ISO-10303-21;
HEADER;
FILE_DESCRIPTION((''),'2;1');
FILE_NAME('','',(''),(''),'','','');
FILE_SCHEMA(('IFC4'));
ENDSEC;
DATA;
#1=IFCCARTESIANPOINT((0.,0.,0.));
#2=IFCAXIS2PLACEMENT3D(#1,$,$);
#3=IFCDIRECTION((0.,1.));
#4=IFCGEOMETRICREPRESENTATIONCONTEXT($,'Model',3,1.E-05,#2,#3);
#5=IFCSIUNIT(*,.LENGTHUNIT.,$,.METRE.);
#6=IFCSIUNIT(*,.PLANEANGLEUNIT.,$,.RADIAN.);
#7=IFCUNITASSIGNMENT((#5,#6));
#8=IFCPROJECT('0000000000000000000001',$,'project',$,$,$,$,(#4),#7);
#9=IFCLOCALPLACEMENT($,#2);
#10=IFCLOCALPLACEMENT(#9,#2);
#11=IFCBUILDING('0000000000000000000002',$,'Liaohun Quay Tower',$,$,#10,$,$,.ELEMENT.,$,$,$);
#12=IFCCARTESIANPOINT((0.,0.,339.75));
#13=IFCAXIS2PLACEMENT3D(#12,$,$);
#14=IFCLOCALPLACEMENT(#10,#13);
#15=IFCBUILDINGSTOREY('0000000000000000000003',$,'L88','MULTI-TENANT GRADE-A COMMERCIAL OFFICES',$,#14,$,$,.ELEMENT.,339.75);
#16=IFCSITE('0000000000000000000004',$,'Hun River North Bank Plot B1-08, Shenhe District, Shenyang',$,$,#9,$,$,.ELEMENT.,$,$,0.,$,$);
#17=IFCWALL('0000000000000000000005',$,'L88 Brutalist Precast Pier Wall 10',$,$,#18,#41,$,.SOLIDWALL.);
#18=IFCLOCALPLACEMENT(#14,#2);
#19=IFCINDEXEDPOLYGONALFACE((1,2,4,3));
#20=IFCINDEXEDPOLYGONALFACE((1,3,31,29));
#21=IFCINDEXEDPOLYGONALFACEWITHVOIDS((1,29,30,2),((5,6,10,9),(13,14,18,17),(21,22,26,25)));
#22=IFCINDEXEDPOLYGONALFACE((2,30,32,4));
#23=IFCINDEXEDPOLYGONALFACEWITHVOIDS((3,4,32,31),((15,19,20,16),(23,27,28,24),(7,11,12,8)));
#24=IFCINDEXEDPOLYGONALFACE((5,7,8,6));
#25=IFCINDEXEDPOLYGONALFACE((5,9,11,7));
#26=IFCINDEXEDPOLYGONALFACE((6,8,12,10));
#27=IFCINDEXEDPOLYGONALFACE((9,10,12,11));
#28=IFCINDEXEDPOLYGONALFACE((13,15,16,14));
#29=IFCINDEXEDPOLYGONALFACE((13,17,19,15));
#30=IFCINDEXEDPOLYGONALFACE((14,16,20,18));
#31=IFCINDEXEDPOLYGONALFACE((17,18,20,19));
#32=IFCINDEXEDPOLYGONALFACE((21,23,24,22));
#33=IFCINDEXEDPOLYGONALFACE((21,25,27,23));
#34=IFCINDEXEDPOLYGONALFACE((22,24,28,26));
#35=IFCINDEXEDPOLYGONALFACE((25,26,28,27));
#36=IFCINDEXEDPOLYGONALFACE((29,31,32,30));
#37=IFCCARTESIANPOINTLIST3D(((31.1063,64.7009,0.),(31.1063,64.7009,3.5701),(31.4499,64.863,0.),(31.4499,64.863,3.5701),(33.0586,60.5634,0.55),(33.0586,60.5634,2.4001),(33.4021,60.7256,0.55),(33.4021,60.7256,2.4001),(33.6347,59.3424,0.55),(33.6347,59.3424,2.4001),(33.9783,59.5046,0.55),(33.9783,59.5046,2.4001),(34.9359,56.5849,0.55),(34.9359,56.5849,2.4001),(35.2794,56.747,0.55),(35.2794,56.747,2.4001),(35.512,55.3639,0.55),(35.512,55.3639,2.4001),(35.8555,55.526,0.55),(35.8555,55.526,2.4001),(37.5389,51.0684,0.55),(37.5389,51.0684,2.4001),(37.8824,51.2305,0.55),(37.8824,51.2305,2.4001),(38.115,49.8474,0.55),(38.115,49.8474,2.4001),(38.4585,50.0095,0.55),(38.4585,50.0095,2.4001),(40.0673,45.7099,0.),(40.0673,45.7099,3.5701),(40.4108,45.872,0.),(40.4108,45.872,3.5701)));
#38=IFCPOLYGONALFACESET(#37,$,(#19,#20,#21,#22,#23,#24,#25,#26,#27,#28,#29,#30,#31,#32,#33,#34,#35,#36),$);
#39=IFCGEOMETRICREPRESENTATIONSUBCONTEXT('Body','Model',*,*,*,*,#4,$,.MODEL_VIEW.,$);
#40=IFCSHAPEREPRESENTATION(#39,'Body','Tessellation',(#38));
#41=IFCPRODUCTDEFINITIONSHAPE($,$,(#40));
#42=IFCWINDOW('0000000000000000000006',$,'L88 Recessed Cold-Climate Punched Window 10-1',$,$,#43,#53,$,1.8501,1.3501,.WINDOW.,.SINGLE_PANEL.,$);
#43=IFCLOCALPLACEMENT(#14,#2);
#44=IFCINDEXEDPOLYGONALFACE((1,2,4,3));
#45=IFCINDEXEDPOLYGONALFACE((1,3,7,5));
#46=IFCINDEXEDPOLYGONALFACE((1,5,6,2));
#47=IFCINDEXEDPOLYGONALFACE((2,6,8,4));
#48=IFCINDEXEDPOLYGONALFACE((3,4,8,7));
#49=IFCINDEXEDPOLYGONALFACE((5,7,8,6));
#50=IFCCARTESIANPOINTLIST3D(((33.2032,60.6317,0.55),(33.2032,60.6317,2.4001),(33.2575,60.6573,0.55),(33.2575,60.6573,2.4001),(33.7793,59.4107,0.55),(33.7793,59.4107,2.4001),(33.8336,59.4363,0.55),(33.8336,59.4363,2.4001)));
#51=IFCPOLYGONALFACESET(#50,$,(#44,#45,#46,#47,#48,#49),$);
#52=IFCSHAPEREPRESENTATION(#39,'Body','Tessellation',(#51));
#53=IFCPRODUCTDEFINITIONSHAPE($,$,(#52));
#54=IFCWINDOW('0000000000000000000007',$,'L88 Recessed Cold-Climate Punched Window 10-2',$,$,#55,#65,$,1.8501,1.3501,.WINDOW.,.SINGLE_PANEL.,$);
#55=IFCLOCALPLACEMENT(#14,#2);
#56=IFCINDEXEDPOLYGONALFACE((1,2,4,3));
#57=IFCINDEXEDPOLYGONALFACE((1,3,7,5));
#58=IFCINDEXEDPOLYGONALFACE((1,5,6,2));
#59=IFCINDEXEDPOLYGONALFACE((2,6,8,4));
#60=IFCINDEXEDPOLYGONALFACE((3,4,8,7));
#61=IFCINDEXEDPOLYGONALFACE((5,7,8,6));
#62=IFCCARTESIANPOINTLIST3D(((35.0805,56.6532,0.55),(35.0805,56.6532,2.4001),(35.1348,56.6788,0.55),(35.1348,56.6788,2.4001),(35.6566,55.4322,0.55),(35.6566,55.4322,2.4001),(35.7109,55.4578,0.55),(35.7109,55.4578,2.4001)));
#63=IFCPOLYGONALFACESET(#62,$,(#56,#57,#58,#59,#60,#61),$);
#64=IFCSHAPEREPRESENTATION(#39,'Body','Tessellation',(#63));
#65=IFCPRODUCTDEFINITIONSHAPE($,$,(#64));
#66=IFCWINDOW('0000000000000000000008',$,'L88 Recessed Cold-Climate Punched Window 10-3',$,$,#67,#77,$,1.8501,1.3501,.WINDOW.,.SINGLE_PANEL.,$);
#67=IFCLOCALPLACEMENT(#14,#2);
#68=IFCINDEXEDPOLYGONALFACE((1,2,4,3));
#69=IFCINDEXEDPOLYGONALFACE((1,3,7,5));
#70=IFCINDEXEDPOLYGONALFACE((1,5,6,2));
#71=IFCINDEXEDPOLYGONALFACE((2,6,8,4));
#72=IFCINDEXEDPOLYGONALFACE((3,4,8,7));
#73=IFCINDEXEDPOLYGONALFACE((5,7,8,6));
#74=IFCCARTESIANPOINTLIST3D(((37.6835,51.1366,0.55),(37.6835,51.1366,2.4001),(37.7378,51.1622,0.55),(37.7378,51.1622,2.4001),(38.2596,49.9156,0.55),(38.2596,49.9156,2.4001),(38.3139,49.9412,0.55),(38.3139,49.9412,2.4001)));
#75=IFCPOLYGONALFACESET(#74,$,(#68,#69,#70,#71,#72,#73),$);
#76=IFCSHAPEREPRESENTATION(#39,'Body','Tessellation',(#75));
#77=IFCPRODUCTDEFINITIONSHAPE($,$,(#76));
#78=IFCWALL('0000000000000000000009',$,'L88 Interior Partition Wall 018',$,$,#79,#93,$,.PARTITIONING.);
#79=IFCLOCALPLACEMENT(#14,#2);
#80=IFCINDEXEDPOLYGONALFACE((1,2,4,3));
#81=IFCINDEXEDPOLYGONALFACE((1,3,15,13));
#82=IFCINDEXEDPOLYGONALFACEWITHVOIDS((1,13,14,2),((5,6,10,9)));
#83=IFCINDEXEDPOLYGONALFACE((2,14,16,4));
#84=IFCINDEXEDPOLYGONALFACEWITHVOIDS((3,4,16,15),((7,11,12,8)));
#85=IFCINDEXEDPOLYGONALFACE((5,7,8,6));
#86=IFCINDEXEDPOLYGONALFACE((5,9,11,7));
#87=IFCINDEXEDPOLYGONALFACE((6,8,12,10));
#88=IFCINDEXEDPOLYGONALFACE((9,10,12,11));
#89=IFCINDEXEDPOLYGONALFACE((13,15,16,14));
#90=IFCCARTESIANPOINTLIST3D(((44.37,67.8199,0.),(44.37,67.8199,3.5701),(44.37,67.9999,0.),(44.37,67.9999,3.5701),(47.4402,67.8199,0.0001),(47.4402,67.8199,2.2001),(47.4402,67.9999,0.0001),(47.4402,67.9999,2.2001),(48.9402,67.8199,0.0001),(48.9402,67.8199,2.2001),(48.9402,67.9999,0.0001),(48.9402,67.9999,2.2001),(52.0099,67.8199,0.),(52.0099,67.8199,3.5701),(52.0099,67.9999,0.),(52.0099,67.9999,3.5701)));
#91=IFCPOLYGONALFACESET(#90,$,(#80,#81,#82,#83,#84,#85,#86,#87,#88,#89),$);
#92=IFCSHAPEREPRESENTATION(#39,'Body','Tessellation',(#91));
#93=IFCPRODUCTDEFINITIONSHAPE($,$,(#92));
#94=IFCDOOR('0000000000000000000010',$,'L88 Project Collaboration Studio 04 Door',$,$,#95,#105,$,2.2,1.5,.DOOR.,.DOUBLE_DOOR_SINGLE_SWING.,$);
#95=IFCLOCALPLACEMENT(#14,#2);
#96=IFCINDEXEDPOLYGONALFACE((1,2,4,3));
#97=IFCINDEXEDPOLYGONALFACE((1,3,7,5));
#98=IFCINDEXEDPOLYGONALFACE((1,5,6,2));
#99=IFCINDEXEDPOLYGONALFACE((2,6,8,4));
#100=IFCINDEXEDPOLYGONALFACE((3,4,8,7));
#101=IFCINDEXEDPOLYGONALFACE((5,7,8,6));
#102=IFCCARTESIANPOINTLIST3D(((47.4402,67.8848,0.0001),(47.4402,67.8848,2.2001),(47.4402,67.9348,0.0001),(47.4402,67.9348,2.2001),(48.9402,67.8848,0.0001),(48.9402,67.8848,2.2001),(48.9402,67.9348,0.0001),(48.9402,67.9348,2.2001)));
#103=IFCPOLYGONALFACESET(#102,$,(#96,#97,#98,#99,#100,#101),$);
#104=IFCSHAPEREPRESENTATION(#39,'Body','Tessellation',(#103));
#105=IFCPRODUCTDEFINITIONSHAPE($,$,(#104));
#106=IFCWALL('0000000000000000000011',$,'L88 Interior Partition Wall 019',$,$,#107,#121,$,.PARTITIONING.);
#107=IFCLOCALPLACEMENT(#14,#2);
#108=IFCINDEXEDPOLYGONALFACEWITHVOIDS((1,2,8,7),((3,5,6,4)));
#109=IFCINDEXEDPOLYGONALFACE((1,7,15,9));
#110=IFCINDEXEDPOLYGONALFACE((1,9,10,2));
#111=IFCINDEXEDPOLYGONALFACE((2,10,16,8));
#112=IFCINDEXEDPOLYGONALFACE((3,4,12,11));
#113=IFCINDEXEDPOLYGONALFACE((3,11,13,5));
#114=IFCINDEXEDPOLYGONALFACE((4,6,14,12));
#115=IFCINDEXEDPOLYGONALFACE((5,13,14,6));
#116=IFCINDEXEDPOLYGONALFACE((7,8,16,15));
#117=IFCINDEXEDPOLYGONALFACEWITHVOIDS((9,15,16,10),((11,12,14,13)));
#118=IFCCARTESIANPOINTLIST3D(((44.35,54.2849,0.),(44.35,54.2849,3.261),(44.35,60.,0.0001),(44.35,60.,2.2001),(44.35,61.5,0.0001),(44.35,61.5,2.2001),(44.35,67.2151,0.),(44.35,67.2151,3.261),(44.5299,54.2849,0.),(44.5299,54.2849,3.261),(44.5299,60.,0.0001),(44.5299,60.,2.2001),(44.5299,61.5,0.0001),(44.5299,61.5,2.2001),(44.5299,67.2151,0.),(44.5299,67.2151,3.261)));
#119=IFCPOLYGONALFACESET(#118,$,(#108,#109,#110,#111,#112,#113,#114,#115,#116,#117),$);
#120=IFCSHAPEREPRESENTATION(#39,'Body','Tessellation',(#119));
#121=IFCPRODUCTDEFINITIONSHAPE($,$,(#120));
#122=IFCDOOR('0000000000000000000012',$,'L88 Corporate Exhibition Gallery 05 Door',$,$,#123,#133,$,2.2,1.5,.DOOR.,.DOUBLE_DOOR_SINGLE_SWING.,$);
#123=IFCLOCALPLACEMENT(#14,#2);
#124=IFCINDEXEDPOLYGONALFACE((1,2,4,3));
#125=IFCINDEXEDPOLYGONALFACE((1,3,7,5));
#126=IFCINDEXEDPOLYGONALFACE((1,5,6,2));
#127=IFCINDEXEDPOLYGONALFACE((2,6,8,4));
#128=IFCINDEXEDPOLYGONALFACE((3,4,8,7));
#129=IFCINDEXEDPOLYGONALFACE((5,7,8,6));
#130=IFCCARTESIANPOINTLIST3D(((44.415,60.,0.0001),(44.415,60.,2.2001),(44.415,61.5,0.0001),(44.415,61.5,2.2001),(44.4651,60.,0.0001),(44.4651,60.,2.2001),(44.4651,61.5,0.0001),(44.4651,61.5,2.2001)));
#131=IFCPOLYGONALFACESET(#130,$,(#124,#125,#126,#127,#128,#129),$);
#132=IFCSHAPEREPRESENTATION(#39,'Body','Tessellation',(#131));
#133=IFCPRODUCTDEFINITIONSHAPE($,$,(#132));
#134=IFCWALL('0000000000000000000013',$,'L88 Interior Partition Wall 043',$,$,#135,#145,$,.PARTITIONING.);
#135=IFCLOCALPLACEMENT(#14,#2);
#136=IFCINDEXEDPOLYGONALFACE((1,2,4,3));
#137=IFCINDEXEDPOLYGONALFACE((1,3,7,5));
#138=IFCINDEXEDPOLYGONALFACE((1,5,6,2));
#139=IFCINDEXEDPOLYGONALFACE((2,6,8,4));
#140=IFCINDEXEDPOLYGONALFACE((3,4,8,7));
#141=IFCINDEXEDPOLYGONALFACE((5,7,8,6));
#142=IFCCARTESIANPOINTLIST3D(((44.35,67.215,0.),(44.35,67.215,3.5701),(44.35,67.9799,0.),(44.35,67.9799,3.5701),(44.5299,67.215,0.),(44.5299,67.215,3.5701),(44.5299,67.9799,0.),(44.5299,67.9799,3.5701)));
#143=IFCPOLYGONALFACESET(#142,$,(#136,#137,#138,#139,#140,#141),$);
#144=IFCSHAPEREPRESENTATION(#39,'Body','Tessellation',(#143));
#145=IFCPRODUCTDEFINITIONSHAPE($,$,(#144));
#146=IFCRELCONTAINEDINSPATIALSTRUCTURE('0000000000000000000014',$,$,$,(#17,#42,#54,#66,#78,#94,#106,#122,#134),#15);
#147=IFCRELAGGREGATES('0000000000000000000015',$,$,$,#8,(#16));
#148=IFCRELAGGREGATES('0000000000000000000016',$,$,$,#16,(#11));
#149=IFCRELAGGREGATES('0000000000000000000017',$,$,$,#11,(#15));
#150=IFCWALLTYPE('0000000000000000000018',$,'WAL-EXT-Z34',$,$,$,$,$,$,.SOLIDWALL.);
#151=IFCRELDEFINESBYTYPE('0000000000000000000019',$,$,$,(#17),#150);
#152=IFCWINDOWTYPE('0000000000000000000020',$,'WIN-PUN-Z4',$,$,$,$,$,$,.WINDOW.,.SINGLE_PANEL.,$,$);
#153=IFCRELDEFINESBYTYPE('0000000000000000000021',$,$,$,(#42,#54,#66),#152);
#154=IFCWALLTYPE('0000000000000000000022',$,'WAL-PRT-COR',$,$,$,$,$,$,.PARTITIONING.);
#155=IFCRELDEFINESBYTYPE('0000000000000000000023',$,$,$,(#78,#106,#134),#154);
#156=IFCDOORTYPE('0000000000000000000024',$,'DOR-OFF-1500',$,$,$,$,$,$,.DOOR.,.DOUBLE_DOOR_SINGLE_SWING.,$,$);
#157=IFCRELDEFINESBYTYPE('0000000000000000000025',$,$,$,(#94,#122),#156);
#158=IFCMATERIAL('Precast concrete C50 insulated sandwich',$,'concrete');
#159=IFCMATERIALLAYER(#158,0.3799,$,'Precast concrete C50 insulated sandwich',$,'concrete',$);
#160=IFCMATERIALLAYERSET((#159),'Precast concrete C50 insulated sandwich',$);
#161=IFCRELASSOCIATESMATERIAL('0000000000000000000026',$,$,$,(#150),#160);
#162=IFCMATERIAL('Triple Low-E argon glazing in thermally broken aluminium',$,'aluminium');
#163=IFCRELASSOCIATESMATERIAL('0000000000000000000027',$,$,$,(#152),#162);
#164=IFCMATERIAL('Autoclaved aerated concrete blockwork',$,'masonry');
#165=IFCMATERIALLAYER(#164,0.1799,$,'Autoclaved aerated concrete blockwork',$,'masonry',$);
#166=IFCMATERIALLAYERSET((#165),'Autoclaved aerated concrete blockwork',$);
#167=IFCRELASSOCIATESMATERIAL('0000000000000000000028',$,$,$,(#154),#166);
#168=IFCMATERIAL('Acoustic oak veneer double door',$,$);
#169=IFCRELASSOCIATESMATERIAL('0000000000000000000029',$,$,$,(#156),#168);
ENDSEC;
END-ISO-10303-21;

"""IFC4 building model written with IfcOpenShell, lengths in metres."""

from ifc_helpers import new_model, si_unit, direction, frame, frame_2d, origin, place, context, subcontext, project, spatial, rectangle, extrude, source, transform, mapped, material, layer, layer_set, type_object, element, fill, save


model = new_model("IFC4")

# Units and contexts
model_context = context("Model", 3, precision=1e-05, world=origin(), true_north=direction((0.0, 1.0)))
body_context = subcontext(model_context, "Body", "Model", "MODEL_VIEW")
ifc_project = project(units=[si_unit("LENGTHUNIT", "METRE"), si_unit("PLANEANGLEUNIT", "RADIAN")], contexts=[model_context])

# Site, building, storey
site_placement = place(None, origin())
site = spatial("IfcSite", under=ifc_project, at=site_placement, Name="Hun River North Bank Plot B1-08, Shenhe District, Shenyang", CompositionType="ELEMENT", RefElevation=0.0)
building_placement = place(site_placement, origin())
building = spatial("IfcBuilding", under=site, at=building_placement, Name="Liaohun Quay Tower", CompositionType="ELEMENT")
storey_placement = place(building_placement, frame((0.0, 0.0, 339.75)))
storey = spatial("IfcBuildingStorey", under=building, at=storey_placement, Name="L88", Description="MULTI-TENANT GRADE-A COMMERCIAL OFFICES", CompositionType="ELEMENT", Elevation=339.75)

# Shared definitions
ifc_material_1 = material(Name="Precast concrete C50 insulated sandwich", Category="concrete")
ifc_layer_1 = layer(ifc_material_1, 0.3799, Name="Precast concrete C50 insulated sandwich", Category="concrete")
ifc_layer_set_1 = layer_set([ifc_layer_1], Name="Precast concrete C50 insulated sandwich")
wall_type_1 = type_object("IfcWallType", Name="WAL-EXT-Z34", PredefinedType="SOLIDWALL", material=ifc_layer_set_1)

# Wall, openings, windows
wall_1_placement = place(storey_placement, frame((31.2781, 64.782, 0.0), z_axis=(0.0, 0.0, 1.0), x_axis=(0.426733, -0.904378, 0.0)))
wall_1 = element("IfcWall", 1, at=wall_1_placement, inside=storey, type_object=wall_type_1, Name="L88 Brutalist Precast Pier Wall 10", PredefinedType="SOLIDWALL", context=body_context, shape_type="SweptSolid", body=[
    extrude(rectangle(XDim=20.999, YDim=0.3799, at=frame_2d((10.4995, 0.0))), origin(), (0.0, 0.0, 1.0), 3.5701),
])
shared_shape_1 = source(origin(), body_context, "Body", "SweptSolid", [
    extrude(rectangle(XDim=1.3501, YDim=1.8501, at=frame_2d((0.675, 0.925))), frame((0.0, 0.2, 0.0), z_axis=(0.0, -1.0, 0.0), x_axis=(1.0, 0.0, 0.0)), (0.0, 0.0, 1.0), 0.3999),
])
opening_1_placement = place(wall_1_placement, frame((4.575, 0.0, 0.55)))
opening_1 = element("IfcOpeningElement", 2, at=opening_1_placement, cuts=wall_1, PredefinedType="OPENING", context=body_context, shape_type="MappedRepresentation", body=[
    mapped(shared_shape_1, transform((0.0, 0.0, 0.0), x_axis=(1.0, 0.0, 0.0), y_axis=(0.0, 1.0, 0.0), z_axis=(0.0, 0.0, 1.0), scale=1.0)),
])
opening_2_placement = place(wall_1_placement, frame((8.9741, 0.0, 0.55)))
opening_2 = element("IfcOpeningElement", 3, at=opening_2_placement, cuts=wall_1, PredefinedType="OPENING", context=body_context, shape_type="MappedRepresentation", body=[
    mapped(shared_shape_1, transform((0.0, 0.0, 0.0), x_axis=(1.0, 0.0, 0.0), y_axis=(0.0, 1.0, 0.0), z_axis=(0.0, 0.0, 1.0), scale=1.0)),
])
opening_3_placement = place(wall_1_placement, frame((15.074, 0.0, 0.55)))
opening_3 = element("IfcOpeningElement", 4, at=opening_3_placement, cuts=wall_1, PredefinedType="OPENING", context=body_context, shape_type="MappedRepresentation", body=[
    mapped(shared_shape_1, transform((0.0, 0.0, 0.0), x_axis=(1.0, 0.0, 0.0), y_axis=(0.0, 1.0, 0.0), z_axis=(0.0, 0.0, 1.0), scale=1.0)),
])
ifc_material_2 = material(Name="Triple Low-E argon glazing in thermally broken aluminium", Category="aluminium")
window_type_1 = type_object("IfcWindowType", Name="WIN-PUN-Z4", PartitioningType="SINGLE_PANEL", PredefinedType="WINDOW", material=ifc_material_2)
shared_shape_2 = source(origin(), body_context, "Body", "SweptSolid", [
    extrude(rectangle(XDim=1.3501, YDim=1.8501, at=frame_2d((0.675, 0.925))), frame((0.0, 0.03, 0.0), z_axis=(0.0, -1.0, 0.0), x_axis=(1.0, 0.0, 0.0)), (0.0, 0.0, 1.0), 0.0601),
])
window_1_placement = place(opening_1_placement, origin())
window_1 = element("IfcWindow", 5, at=window_1_placement, inside=storey, type_object=window_type_1, Name="L88 Recessed Cold-Climate Punched Window 10-1", OverallHeight=1.8501, OverallWidth=1.3501, PartitioningType="SINGLE_PANEL", PredefinedType="WINDOW", context=body_context, shape_type="MappedRepresentation", body=[
    mapped(shared_shape_2, transform((0.0, 0.0, 0.0), x_axis=(1.0, 0.0, 0.0), y_axis=(0.0, 1.0, 0.0), z_axis=(0.0, 0.0, 1.0), scale=1.0)),
])
fill(opening_1, window_1)
window_2_placement = place(opening_2_placement, origin())
window_2 = element("IfcWindow", 6, at=window_2_placement, inside=storey, type_object=window_type_1, Name="L88 Recessed Cold-Climate Punched Window 10-2", OverallHeight=1.8501, OverallWidth=1.3501, PartitioningType="SINGLE_PANEL", PredefinedType="WINDOW", context=body_context, shape_type="MappedRepresentation", body=[
    mapped(shared_shape_2, transform((0.0, 0.0, 0.0), x_axis=(1.0, 0.0, 0.0), y_axis=(0.0, 1.0, 0.0), z_axis=(0.0, 0.0, 1.0), scale=1.0)),
])
fill(opening_2, window_2)
window_3_placement = place(opening_3_placement, origin())
window_3 = element("IfcWindow", 7, at=window_3_placement, inside=storey, type_object=window_type_1, Name="L88 Recessed Cold-Climate Punched Window 10-3", OverallHeight=1.8501, OverallWidth=1.3501, PartitioningType="SINGLE_PANEL", PredefinedType="WINDOW", context=body_context, shape_type="MappedRepresentation", body=[
    mapped(shared_shape_2, transform((0.0, 0.0, 0.0), x_axis=(1.0, 0.0, 0.0), y_axis=(0.0, 1.0, 0.0), z_axis=(0.0, 0.0, 1.0), scale=1.0)),
])
fill(opening_3, window_3)

# Walls, openings, doors
ifc_material_3 = material(Name="Autoclaved aerated concrete blockwork", Category="masonry")
ifc_layer_2 = layer(ifc_material_3, 0.1799, Name="Autoclaved aerated concrete blockwork", Category="masonry")
ifc_layer_set_2 = layer_set([ifc_layer_2], Name="Autoclaved aerated concrete blockwork")
wall_type_2 = type_object("IfcWallType", Name="WAL-PRT-COR", PredefinedType="PARTITIONING", material=ifc_layer_set_2)
wall_2_placement = place(storey_placement, frame((44.3701, 67.9099, 0.0), z_axis=(0.0, 0.0, 1.0), x_axis=(1.0, 0.0, 0.0)))
wall_2 = element("IfcWall", 8, at=wall_2_placement, inside=storey, type_object=wall_type_2, Name="L88 Interior Partition Wall 018", PredefinedType="PARTITIONING", context=body_context, shape_type="SweptSolid", body=[
    extrude(rectangle(XDim=7.6399, YDim=0.1799, at=frame_2d((3.8198, 0.0))), origin(), (0.0, 0.0, 1.0), 3.5701),
])
shared_shape_3 = source(origin(), body_context, "Body", "SweptSolid", [
    extrude(rectangle(XDim=1.5, YDim=2.2, at=frame_2d((0.75, 1.1001))), frame((0.0, 0.0999, 0.0), z_axis=(0.0, -1.0, 0.0), x_axis=(1.0, 0.0, 0.0)), (0.0, 0.0, 1.0), 0.2),
])
opening_4_placement = place(wall_2_placement, frame((3.0701, 0.0, 0.0)))
opening_4 = element("IfcOpeningElement", 9, at=opening_4_placement, cuts=wall_2, PredefinedType="OPENING", context=body_context, shape_type="MappedRepresentation", body=[
    mapped(shared_shape_3, transform((0.0, 0.0, 0.0), x_axis=(1.0, 0.0, 0.0), y_axis=(0.0, 1.0, 0.0), z_axis=(0.0, 0.0, 1.0), scale=1.0)),
])
ifc_material_4 = material(Name="Acoustic oak veneer double door")
door_type = type_object("IfcDoorType", Name="DOR-OFF-1500", OperationType="DOUBLE_DOOR_SINGLE_SWING", PredefinedType="DOOR", material=ifc_material_4)
shared_shape_4 = source(origin(), body_context, "Body", "SweptSolid", [
    extrude(rectangle(XDim=1.5, YDim=2.2, at=frame_2d((0.75, 1.1001))), frame((0.0, 0.0249, 0.0), z_axis=(0.0, -1.0, 0.0), x_axis=(1.0, 0.0, 0.0)), (0.0, 0.0, 1.0), 0.05),
])
door_1_placement = place(opening_4_placement, origin())
door_1 = element("IfcDoor", 10, at=door_1_placement, inside=storey, type_object=door_type, Name="L88 Project Collaboration Studio 04 Door", OperationType="DOUBLE_DOOR_SINGLE_SWING", OverallHeight=2.2, OverallWidth=1.5, PredefinedType="DOOR", context=body_context, shape_type="MappedRepresentation", body=[
    mapped(shared_shape_4, transform((0.0, 0.0, 0.0), x_axis=(1.0, 0.0, 0.0), y_axis=(0.0, 1.0, 0.0), z_axis=(0.0, 0.0, 1.0), scale=1.0)),
])
fill(opening_4, door_1)
wall_3_placement = place(storey_placement, frame((44.4399, 54.2849, 0.0), z_axis=(0.0, 0.0, 1.0), x_axis=(0.0, 1.0, 0.0)))
wall_3 = element("IfcWall", 11, at=wall_3_placement, inside=storey, type_object=wall_type_2, Name="L88 Interior Partition Wall 019", PredefinedType="PARTITIONING", context=body_context, shape_type="SweptSolid", body=[
    extrude(rectangle(XDim=12.9302, YDim=0.1799, at=frame_2d((6.4651, 0.0))), origin(), (0.0, 0.0, 1.0), 3.261),
])
opening_5_placement = place(wall_3_placement, frame((5.7151, 0.0, 0.0)))
opening_5 = element("IfcOpeningElement", 12, at=opening_5_placement, cuts=wall_3, PredefinedType="OPENING", context=body_context, shape_type="MappedRepresentation", body=[
    mapped(shared_shape_3, transform((0.0, 0.0, 0.0), x_axis=(1.0, 0.0, 0.0), y_axis=(0.0, 1.0, 0.0), z_axis=(0.0, 0.0, 1.0), scale=1.0)),
])
door_2_placement = place(opening_5_placement, origin())
door_2 = element("IfcDoor", 13, at=door_2_placement, inside=storey, type_object=door_type, Name="L88 Corporate Exhibition Gallery 05 Door", OperationType="DOUBLE_DOOR_SINGLE_SWING", OverallHeight=2.2, OverallWidth=1.5, PredefinedType="DOOR", context=body_context, shape_type="MappedRepresentation", body=[
    mapped(shared_shape_4, transform((0.0, 0.0, 0.0), x_axis=(1.0, 0.0, 0.0), y_axis=(0.0, 1.0, 0.0), z_axis=(0.0, 0.0, 1.0), scale=1.0)),
])
fill(opening_5, door_2)

# Wall
wall_4_placement = place(storey_placement, frame((44.4399, 67.2151, 0.0), z_axis=(0.0, 0.0, 1.0), x_axis=(0.0, 1.0, 0.0)))
element("IfcWall", 14, at=wall_4_placement, inside=storey, type_object=wall_type_2, Name="L88 Interior Partition Wall 043", PredefinedType="PARTITIONING", context=body_context, shape_type="SweptSolid", body=[
    extrude(rectangle(XDim=0.7649, YDim=0.1799, at=frame_2d((0.3823, 0.0))), origin(), (0.0, 0.0, 1.0), 3.5701),
])

save(model, "model.ifc")
